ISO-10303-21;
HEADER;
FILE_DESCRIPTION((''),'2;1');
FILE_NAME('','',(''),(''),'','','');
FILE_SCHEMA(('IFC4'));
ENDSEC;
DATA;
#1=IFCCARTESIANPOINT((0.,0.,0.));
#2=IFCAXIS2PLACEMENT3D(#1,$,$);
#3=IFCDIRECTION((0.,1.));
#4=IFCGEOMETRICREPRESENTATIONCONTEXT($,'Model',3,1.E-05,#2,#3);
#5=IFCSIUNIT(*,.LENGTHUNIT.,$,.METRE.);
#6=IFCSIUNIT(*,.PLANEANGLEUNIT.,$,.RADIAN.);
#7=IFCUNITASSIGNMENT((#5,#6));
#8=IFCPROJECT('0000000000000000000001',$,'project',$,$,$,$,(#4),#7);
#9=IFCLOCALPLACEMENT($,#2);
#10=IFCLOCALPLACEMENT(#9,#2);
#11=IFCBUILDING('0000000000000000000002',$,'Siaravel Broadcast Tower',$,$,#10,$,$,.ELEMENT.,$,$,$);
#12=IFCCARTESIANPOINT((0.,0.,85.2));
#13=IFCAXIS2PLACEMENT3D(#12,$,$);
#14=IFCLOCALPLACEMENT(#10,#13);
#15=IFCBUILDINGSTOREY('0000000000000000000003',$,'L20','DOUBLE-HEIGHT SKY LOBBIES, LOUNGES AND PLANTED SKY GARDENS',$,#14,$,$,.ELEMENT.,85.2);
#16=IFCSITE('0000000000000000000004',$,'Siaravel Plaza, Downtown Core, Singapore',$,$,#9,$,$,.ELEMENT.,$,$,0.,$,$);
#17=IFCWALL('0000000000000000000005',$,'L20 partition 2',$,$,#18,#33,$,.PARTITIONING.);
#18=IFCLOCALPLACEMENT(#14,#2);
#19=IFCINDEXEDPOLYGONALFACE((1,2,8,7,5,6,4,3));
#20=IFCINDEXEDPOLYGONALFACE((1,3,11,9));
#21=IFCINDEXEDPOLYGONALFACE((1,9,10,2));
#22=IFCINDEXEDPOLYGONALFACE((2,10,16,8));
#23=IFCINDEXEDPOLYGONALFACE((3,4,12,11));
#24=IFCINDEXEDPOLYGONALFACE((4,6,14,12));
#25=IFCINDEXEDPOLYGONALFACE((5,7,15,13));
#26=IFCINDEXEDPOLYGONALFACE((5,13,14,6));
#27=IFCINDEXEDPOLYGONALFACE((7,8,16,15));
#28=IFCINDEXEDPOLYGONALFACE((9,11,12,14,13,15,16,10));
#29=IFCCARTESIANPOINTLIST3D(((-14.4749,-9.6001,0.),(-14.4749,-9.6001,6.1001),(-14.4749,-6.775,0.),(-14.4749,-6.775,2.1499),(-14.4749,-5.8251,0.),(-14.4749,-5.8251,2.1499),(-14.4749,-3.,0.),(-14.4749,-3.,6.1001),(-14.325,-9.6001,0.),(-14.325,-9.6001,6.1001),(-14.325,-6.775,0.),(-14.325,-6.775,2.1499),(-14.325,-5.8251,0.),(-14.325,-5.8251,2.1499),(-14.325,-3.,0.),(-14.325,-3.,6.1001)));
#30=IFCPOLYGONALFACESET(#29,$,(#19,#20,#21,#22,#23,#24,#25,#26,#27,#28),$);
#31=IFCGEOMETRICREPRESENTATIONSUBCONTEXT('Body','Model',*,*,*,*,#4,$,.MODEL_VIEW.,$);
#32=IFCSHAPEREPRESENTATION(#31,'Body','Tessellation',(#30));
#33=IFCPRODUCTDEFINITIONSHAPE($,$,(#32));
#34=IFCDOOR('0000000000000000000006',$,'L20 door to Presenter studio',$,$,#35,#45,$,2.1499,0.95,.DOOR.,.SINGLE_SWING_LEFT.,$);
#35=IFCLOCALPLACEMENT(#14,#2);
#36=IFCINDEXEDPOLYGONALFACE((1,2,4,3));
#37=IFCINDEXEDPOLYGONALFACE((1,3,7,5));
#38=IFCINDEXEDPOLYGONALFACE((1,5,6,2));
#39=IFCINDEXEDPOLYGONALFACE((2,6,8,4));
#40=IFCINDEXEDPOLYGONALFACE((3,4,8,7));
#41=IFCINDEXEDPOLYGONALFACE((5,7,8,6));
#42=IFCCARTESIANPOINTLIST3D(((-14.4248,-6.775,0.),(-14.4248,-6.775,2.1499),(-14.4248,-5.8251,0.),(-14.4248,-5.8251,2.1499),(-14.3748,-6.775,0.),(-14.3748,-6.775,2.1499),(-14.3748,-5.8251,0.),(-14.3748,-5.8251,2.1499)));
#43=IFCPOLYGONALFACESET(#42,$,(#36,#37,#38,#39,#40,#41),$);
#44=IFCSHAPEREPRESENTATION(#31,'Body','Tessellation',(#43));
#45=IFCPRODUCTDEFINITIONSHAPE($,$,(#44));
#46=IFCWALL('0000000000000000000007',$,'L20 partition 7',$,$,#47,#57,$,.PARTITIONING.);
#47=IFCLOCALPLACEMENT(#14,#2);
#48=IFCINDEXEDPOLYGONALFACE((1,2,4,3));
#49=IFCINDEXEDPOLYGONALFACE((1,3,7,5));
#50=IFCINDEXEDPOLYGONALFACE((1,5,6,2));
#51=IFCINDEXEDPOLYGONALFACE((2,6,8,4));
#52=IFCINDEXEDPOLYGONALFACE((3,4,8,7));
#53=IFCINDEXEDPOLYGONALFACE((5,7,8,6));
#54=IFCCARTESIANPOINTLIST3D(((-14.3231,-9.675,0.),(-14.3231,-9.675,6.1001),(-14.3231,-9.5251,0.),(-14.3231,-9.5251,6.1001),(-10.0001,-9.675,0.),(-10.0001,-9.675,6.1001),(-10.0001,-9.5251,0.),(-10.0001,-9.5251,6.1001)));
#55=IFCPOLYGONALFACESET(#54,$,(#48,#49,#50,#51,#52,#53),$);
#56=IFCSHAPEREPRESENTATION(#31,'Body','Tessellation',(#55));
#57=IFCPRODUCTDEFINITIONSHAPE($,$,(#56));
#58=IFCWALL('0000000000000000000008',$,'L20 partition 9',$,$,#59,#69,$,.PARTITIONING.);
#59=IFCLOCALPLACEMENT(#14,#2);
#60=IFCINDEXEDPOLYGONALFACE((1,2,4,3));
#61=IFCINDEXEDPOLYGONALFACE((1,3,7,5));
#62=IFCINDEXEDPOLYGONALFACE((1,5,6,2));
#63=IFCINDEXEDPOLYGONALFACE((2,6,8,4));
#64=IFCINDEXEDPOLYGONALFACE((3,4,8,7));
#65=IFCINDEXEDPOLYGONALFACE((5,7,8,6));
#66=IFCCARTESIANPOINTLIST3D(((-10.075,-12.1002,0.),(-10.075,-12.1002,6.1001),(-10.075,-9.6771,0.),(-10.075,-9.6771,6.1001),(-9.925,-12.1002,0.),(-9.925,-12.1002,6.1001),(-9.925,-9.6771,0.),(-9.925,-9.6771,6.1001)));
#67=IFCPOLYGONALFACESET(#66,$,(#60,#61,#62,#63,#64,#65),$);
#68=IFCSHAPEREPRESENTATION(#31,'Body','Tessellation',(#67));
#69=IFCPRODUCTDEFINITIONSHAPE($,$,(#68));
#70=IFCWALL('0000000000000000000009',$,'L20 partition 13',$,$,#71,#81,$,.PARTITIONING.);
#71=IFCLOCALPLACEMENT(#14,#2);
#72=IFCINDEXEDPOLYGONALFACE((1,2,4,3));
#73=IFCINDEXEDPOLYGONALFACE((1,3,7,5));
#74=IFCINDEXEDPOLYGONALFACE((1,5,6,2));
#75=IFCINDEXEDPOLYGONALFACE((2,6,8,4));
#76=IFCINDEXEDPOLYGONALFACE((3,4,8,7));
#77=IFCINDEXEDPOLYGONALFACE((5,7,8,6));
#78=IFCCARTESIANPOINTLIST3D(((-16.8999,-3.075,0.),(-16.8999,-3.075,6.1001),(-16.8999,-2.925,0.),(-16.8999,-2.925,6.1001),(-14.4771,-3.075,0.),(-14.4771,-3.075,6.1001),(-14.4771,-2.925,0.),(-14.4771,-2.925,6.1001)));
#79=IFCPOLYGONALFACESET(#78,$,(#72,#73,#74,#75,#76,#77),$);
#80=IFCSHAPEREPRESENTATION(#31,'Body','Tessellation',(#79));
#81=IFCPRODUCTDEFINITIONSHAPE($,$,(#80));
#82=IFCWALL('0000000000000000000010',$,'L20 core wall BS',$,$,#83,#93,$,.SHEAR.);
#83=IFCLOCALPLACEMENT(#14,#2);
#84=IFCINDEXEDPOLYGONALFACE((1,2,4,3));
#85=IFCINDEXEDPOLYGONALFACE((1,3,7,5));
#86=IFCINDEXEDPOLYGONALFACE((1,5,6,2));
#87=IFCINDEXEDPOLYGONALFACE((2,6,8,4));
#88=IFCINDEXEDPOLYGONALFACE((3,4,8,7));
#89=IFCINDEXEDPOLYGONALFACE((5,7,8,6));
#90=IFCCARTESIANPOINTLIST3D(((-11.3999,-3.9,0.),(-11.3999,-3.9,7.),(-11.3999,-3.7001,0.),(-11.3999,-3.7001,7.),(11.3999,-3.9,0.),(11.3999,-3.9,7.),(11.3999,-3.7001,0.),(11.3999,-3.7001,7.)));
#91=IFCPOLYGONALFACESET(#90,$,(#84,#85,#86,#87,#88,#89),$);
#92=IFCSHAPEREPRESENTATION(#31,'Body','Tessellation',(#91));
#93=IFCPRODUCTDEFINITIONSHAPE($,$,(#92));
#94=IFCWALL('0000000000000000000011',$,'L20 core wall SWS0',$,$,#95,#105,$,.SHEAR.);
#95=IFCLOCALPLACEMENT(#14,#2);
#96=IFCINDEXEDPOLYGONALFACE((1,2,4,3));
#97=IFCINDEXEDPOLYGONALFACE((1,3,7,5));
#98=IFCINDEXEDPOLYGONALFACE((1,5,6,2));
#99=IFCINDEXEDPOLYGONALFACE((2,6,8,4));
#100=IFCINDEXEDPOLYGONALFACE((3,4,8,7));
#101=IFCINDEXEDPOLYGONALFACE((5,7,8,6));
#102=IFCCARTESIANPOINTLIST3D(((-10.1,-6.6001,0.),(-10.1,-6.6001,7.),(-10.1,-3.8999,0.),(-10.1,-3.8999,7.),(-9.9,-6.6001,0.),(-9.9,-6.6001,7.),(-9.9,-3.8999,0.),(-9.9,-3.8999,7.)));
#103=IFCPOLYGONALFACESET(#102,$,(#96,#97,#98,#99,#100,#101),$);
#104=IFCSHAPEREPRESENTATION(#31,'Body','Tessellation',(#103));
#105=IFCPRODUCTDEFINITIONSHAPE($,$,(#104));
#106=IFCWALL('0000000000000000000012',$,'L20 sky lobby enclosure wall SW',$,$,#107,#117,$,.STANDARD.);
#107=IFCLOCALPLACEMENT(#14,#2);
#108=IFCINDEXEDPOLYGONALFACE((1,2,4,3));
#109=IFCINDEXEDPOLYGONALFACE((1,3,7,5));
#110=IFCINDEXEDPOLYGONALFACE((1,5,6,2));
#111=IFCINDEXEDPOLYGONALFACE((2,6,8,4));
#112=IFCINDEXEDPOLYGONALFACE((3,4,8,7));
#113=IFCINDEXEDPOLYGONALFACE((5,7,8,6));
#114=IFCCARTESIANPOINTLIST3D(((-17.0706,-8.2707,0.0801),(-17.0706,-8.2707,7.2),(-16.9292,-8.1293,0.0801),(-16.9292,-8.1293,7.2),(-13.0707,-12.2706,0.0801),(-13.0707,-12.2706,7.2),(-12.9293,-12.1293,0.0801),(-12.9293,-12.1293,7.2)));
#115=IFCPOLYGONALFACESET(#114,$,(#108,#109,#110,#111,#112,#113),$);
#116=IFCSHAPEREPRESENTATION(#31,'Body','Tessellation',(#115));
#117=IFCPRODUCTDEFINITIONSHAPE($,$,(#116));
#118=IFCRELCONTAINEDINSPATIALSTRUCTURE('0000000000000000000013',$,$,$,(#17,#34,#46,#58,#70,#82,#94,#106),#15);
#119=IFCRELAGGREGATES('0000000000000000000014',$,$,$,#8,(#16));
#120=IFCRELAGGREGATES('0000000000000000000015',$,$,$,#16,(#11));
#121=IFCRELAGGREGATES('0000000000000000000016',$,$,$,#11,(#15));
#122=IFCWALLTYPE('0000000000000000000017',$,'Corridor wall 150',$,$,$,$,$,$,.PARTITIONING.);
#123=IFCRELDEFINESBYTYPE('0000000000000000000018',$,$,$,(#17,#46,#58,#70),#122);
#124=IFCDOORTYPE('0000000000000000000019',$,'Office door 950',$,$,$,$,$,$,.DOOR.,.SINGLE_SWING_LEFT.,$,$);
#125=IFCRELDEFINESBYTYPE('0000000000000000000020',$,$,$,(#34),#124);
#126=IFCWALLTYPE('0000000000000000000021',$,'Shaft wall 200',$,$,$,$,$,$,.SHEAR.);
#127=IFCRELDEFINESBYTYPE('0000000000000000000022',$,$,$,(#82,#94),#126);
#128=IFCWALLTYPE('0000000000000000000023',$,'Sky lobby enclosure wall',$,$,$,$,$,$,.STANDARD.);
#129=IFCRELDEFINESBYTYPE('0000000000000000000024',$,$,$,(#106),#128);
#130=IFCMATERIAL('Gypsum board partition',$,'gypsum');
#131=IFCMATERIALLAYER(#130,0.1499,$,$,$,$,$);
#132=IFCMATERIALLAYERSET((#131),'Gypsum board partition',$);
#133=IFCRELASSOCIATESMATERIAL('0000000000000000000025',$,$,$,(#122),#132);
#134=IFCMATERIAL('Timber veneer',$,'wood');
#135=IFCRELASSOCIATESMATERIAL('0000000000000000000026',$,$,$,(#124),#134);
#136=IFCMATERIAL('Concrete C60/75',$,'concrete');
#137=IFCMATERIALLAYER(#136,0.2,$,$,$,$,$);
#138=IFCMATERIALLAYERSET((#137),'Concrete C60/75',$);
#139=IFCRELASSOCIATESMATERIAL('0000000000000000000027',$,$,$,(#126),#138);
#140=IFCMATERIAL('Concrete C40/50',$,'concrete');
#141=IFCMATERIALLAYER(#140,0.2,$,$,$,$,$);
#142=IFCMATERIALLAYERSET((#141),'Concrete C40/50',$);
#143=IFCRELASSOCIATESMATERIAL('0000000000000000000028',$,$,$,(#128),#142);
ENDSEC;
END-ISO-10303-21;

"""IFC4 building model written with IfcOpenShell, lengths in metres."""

from ifc_helpers import new_model, si_unit, direction, frame, frame_2d, origin, place, context, subcontext, project, spatial, rectangle, extrude, material, layer, layer_set, type_object, element, fill, save


model = new_model("IFC4")

# Units and contexts
model_context = context("Model", 3, precision=1e-05, world=origin(), true_north=direction((0.0, 1.0)))
body_context = subcontext(model_context, "Body", "Model", "MODEL_VIEW")
ifc_project = project(units=[si_unit("LENGTHUNIT", "METRE"), si_unit("PLANEANGLEUNIT", "RADIAN")], contexts=[model_context])

# Site, building, storey
site_placement = place(None, origin())
site = spatial("IfcSite", under=ifc_project, at=site_placement, Name="Siaravel Plaza, Downtown Core, Singapore", CompositionType="ELEMENT", RefElevation=0.0)
building_placement = place(site_placement, origin())
building = spatial("IfcBuilding", under=site, at=building_placement, Name="Siaravel Broadcast Tower", CompositionType="ELEMENT")
storey_placement = place(building_placement, frame((0.0, 0.0, 85.2)))
storey = spatial("IfcBuildingStorey", under=building, at=storey_placement, Name="L20", Description="DOUBLE-HEIGHT SKY LOBBIES, LOUNGES AND PLANTED SKY GARDENS", CompositionType="ELEMENT", Elevation=85.2)

# Shared definitions
ifc_material_1 = material(Name="Concrete C60/75", Category="concrete")

# Wall, opening, door
ifc_material_2 = material(Name="Gypsum board partition", Category="gypsum")
ifc_layer_1 = layer(ifc_material_2, 0.1499)
ifc_layer_set_1 = layer_set([ifc_layer_1], Name="Gypsum board partition")
wall_type_1 = type_object("IfcWallType", Name="Corridor wall 150", PredefinedType="PARTITIONING", material=ifc_layer_set_1)
wall_1_placement = place(storey_placement, frame((-14.3999, -9.6001, 0.0), z_axis=(0.0, 0.0, 1.0), x_axis=(0.0, 1.0, 0.0)))
wall_1 = element("IfcWall", 1, at=wall_1_placement, inside=storey, type_object=wall_type_1, Name="L20 partition 2", PredefinedType="PARTITIONING", context=body_context, shape_type="SweptSolid", body=[
    extrude(rectangle(XDim=6.6001, YDim=0.1499, at=frame_2d((3.3, 0.0))), origin(), (0.0, 0.0, 1.0), 6.1001),
])
opening_1_placement = place(wall_1_placement, frame((2.825, 0.0, 0.0)))
opening_1 = element("IfcOpeningElement", 2, at=opening_1_placement, cuts=wall_1, PredefinedType="OPENING", context=body_context, shape_type="SweptSolid", body=[
    extrude(rectangle(XDim=0.95, YDim=2.1499, at=frame_2d((0.4751, 1.075))), frame((0.0, 0.085, 0.0), z_axis=(0.0, -1.0, 0.0), x_axis=(1.0, 0.0, 0.0)), (0.0, 0.0, 1.0), 0.1699),
])
ifc_material_3 = material(Name="Timber veneer", Category="wood")
door_type_1 = type_object("IfcDoorType", Name="Office door 950", OperationType="SINGLE_SWING_LEFT", PredefinedType="DOOR", material=ifc_material_3)
door_1_placement = place(opening_1_placement, origin())
door_1 = element("IfcDoor", 3, at=door_1_placement, inside=storey, type_object=door_type_1, Name="L20 door to Presenter studio", OperationType="SINGLE_SWING_LEFT", OverallHeight=2.1499, OverallWidth=0.95, PredefinedType="DOOR", context=body_context, shape_type="SweptSolid", body=[
    extrude(rectangle(XDim=0.95, YDim=2.1499, at=frame_2d((0.4751, 1.075))), frame((0.0, 0.0249, 0.0), z_axis=(0.0, -1.0, 0.0), x_axis=(1.0, 0.0, 0.0)), (0.0, 0.0, 1.0), 0.05),
])
fill(opening_1, door_1)

# Walls
wall_2_placement = place(storey_placement, frame((-10.0, -9.6001, 0.0), z_axis=(0.0, 0.0, 1.0), x_axis=(-1.0, 0.0, 0.0)))
element("IfcWall", 4, at=wall_2_placement, inside=storey, type_object=wall_type_1, Name="L20 partition 7", PredefinedType="PARTITIONING", context=body_context, shape_type="SweptSolid", body=[
    extrude(rectangle(XDim=4.323, YDim=0.1499, at=frame_2d((2.1616, 0.0))), origin(), (0.0, 0.0, 1.0), 6.1001),
])
wall_3_placement = place(storey_placement, frame((-10.0, -12.1001, 0.0), z_axis=(0.0, 0.0, 1.0), x_axis=(0.0, 1.0, 0.0)))
element("IfcWall", 5, at=wall_3_placement, inside=storey, type_object=wall_type_1, Name="L20 partition 9", PredefinedType="PARTITIONING", context=body_context, shape_type="SweptSolid", body=[
    extrude(rectangle(XDim=2.4231, YDim=0.1499, at=frame_2d((1.2114, 0.0))), origin(), (0.0, 0.0, 1.0), 6.1001),
])
wall_4_placement = place(storey_placement, frame((-14.4771, -3.0, 0.0), z_axis=(0.0, 0.0, 1.0), x_axis=(-1.0, 0.0, 0.0)))
element("IfcWall", 6, at=wall_4_placement, inside=storey, type_object=wall_type_1, Name="L20 partition 13", PredefinedType="PARTITIONING", context=body_context, shape_type="SweptSolid", body=[
    extrude(rectangle(XDim=2.4229, YDim=0.1499, at=frame_2d((1.2114, 0.0))), origin(), (0.0, 0.0, 1.0), 6.1001),
])
ifc_layer_2 = layer(ifc_material_1, 0.2)
ifc_layer_set_2 = layer_set([ifc_layer_2], Name="Concrete C60/75")
wall_type_2 = type_object("IfcWallType", Name="Shaft wall 200", PredefinedType="SHEAR", material=ifc_layer_set_2)
wall_5_placement = place(storey_placement, frame((-11.3999, -3.8, 0.0), z_axis=(0.0, 0.0, 1.0), x_axis=(1.0, 0.0, 0.0)))
element("IfcWall", 7, at=wall_5_placement, inside=storey, type_object=wall_type_2, Name="L20 core wall BS", PredefinedType="SHEAR", context=body_context, shape_type="SweptSolid", body=[
    extrude(rectangle(XDim=22.7998, YDim=0.2, at=frame_2d((11.3999, 0.0))), origin(), (0.0, 0.0, 1.0), 7.0),
])
wall_6_placement = place(storey_placement, frame((-10.0, -6.6001, 0.0), z_axis=(0.0, 0.0, 1.0), x_axis=(0.0, 1.0, 0.0)))
element("IfcWall", 8, at=wall_6_placement, inside=storey, type_object=wall_type_2, Name="L20 core wall SWS0", PredefinedType="SHEAR", context=body_context, shape_type="SweptSolid", body=[
    extrude(rectangle(XDim=2.7002, YDim=0.2, at=frame_2d((1.3501, 0.0))), origin(), (0.0, 0.0, 1.0), 7.0),
])
ifc_material_4 = material(Name="Concrete C40/50", Category="concrete")
ifc_layer_3 = layer(ifc_material_4, 0.2)
ifc_layer_set_3 = layer_set([ifc_layer_3], Name="Concrete C40/50")
wall_type_3 = type_object("IfcWallType", Name="Sky lobby enclosure wall", PredefinedType="STANDARD", material=ifc_layer_set_3)
wall_7_placement = place(storey_placement, frame((-13.0, -12.2, 0.0801), z_axis=(0.0, 0.0, 1.0), x_axis=(-0.707107, 0.707107, 0.0)))
element("IfcWall", 9, at=wall_7_placement, inside=storey, type_object=wall_type_3, Name="L20 sky lobby enclosure wall SW", PredefinedType="STANDARD", context=body_context, shape_type="SweptSolid", body=[
    extrude(rectangle(XDim=5.6567, YDim=0.2, at=frame_2d((2.8284, 0.0))), origin(), (0.0, 0.0, 1.0), 7.1199),
])

save(model, "model.ifc")
